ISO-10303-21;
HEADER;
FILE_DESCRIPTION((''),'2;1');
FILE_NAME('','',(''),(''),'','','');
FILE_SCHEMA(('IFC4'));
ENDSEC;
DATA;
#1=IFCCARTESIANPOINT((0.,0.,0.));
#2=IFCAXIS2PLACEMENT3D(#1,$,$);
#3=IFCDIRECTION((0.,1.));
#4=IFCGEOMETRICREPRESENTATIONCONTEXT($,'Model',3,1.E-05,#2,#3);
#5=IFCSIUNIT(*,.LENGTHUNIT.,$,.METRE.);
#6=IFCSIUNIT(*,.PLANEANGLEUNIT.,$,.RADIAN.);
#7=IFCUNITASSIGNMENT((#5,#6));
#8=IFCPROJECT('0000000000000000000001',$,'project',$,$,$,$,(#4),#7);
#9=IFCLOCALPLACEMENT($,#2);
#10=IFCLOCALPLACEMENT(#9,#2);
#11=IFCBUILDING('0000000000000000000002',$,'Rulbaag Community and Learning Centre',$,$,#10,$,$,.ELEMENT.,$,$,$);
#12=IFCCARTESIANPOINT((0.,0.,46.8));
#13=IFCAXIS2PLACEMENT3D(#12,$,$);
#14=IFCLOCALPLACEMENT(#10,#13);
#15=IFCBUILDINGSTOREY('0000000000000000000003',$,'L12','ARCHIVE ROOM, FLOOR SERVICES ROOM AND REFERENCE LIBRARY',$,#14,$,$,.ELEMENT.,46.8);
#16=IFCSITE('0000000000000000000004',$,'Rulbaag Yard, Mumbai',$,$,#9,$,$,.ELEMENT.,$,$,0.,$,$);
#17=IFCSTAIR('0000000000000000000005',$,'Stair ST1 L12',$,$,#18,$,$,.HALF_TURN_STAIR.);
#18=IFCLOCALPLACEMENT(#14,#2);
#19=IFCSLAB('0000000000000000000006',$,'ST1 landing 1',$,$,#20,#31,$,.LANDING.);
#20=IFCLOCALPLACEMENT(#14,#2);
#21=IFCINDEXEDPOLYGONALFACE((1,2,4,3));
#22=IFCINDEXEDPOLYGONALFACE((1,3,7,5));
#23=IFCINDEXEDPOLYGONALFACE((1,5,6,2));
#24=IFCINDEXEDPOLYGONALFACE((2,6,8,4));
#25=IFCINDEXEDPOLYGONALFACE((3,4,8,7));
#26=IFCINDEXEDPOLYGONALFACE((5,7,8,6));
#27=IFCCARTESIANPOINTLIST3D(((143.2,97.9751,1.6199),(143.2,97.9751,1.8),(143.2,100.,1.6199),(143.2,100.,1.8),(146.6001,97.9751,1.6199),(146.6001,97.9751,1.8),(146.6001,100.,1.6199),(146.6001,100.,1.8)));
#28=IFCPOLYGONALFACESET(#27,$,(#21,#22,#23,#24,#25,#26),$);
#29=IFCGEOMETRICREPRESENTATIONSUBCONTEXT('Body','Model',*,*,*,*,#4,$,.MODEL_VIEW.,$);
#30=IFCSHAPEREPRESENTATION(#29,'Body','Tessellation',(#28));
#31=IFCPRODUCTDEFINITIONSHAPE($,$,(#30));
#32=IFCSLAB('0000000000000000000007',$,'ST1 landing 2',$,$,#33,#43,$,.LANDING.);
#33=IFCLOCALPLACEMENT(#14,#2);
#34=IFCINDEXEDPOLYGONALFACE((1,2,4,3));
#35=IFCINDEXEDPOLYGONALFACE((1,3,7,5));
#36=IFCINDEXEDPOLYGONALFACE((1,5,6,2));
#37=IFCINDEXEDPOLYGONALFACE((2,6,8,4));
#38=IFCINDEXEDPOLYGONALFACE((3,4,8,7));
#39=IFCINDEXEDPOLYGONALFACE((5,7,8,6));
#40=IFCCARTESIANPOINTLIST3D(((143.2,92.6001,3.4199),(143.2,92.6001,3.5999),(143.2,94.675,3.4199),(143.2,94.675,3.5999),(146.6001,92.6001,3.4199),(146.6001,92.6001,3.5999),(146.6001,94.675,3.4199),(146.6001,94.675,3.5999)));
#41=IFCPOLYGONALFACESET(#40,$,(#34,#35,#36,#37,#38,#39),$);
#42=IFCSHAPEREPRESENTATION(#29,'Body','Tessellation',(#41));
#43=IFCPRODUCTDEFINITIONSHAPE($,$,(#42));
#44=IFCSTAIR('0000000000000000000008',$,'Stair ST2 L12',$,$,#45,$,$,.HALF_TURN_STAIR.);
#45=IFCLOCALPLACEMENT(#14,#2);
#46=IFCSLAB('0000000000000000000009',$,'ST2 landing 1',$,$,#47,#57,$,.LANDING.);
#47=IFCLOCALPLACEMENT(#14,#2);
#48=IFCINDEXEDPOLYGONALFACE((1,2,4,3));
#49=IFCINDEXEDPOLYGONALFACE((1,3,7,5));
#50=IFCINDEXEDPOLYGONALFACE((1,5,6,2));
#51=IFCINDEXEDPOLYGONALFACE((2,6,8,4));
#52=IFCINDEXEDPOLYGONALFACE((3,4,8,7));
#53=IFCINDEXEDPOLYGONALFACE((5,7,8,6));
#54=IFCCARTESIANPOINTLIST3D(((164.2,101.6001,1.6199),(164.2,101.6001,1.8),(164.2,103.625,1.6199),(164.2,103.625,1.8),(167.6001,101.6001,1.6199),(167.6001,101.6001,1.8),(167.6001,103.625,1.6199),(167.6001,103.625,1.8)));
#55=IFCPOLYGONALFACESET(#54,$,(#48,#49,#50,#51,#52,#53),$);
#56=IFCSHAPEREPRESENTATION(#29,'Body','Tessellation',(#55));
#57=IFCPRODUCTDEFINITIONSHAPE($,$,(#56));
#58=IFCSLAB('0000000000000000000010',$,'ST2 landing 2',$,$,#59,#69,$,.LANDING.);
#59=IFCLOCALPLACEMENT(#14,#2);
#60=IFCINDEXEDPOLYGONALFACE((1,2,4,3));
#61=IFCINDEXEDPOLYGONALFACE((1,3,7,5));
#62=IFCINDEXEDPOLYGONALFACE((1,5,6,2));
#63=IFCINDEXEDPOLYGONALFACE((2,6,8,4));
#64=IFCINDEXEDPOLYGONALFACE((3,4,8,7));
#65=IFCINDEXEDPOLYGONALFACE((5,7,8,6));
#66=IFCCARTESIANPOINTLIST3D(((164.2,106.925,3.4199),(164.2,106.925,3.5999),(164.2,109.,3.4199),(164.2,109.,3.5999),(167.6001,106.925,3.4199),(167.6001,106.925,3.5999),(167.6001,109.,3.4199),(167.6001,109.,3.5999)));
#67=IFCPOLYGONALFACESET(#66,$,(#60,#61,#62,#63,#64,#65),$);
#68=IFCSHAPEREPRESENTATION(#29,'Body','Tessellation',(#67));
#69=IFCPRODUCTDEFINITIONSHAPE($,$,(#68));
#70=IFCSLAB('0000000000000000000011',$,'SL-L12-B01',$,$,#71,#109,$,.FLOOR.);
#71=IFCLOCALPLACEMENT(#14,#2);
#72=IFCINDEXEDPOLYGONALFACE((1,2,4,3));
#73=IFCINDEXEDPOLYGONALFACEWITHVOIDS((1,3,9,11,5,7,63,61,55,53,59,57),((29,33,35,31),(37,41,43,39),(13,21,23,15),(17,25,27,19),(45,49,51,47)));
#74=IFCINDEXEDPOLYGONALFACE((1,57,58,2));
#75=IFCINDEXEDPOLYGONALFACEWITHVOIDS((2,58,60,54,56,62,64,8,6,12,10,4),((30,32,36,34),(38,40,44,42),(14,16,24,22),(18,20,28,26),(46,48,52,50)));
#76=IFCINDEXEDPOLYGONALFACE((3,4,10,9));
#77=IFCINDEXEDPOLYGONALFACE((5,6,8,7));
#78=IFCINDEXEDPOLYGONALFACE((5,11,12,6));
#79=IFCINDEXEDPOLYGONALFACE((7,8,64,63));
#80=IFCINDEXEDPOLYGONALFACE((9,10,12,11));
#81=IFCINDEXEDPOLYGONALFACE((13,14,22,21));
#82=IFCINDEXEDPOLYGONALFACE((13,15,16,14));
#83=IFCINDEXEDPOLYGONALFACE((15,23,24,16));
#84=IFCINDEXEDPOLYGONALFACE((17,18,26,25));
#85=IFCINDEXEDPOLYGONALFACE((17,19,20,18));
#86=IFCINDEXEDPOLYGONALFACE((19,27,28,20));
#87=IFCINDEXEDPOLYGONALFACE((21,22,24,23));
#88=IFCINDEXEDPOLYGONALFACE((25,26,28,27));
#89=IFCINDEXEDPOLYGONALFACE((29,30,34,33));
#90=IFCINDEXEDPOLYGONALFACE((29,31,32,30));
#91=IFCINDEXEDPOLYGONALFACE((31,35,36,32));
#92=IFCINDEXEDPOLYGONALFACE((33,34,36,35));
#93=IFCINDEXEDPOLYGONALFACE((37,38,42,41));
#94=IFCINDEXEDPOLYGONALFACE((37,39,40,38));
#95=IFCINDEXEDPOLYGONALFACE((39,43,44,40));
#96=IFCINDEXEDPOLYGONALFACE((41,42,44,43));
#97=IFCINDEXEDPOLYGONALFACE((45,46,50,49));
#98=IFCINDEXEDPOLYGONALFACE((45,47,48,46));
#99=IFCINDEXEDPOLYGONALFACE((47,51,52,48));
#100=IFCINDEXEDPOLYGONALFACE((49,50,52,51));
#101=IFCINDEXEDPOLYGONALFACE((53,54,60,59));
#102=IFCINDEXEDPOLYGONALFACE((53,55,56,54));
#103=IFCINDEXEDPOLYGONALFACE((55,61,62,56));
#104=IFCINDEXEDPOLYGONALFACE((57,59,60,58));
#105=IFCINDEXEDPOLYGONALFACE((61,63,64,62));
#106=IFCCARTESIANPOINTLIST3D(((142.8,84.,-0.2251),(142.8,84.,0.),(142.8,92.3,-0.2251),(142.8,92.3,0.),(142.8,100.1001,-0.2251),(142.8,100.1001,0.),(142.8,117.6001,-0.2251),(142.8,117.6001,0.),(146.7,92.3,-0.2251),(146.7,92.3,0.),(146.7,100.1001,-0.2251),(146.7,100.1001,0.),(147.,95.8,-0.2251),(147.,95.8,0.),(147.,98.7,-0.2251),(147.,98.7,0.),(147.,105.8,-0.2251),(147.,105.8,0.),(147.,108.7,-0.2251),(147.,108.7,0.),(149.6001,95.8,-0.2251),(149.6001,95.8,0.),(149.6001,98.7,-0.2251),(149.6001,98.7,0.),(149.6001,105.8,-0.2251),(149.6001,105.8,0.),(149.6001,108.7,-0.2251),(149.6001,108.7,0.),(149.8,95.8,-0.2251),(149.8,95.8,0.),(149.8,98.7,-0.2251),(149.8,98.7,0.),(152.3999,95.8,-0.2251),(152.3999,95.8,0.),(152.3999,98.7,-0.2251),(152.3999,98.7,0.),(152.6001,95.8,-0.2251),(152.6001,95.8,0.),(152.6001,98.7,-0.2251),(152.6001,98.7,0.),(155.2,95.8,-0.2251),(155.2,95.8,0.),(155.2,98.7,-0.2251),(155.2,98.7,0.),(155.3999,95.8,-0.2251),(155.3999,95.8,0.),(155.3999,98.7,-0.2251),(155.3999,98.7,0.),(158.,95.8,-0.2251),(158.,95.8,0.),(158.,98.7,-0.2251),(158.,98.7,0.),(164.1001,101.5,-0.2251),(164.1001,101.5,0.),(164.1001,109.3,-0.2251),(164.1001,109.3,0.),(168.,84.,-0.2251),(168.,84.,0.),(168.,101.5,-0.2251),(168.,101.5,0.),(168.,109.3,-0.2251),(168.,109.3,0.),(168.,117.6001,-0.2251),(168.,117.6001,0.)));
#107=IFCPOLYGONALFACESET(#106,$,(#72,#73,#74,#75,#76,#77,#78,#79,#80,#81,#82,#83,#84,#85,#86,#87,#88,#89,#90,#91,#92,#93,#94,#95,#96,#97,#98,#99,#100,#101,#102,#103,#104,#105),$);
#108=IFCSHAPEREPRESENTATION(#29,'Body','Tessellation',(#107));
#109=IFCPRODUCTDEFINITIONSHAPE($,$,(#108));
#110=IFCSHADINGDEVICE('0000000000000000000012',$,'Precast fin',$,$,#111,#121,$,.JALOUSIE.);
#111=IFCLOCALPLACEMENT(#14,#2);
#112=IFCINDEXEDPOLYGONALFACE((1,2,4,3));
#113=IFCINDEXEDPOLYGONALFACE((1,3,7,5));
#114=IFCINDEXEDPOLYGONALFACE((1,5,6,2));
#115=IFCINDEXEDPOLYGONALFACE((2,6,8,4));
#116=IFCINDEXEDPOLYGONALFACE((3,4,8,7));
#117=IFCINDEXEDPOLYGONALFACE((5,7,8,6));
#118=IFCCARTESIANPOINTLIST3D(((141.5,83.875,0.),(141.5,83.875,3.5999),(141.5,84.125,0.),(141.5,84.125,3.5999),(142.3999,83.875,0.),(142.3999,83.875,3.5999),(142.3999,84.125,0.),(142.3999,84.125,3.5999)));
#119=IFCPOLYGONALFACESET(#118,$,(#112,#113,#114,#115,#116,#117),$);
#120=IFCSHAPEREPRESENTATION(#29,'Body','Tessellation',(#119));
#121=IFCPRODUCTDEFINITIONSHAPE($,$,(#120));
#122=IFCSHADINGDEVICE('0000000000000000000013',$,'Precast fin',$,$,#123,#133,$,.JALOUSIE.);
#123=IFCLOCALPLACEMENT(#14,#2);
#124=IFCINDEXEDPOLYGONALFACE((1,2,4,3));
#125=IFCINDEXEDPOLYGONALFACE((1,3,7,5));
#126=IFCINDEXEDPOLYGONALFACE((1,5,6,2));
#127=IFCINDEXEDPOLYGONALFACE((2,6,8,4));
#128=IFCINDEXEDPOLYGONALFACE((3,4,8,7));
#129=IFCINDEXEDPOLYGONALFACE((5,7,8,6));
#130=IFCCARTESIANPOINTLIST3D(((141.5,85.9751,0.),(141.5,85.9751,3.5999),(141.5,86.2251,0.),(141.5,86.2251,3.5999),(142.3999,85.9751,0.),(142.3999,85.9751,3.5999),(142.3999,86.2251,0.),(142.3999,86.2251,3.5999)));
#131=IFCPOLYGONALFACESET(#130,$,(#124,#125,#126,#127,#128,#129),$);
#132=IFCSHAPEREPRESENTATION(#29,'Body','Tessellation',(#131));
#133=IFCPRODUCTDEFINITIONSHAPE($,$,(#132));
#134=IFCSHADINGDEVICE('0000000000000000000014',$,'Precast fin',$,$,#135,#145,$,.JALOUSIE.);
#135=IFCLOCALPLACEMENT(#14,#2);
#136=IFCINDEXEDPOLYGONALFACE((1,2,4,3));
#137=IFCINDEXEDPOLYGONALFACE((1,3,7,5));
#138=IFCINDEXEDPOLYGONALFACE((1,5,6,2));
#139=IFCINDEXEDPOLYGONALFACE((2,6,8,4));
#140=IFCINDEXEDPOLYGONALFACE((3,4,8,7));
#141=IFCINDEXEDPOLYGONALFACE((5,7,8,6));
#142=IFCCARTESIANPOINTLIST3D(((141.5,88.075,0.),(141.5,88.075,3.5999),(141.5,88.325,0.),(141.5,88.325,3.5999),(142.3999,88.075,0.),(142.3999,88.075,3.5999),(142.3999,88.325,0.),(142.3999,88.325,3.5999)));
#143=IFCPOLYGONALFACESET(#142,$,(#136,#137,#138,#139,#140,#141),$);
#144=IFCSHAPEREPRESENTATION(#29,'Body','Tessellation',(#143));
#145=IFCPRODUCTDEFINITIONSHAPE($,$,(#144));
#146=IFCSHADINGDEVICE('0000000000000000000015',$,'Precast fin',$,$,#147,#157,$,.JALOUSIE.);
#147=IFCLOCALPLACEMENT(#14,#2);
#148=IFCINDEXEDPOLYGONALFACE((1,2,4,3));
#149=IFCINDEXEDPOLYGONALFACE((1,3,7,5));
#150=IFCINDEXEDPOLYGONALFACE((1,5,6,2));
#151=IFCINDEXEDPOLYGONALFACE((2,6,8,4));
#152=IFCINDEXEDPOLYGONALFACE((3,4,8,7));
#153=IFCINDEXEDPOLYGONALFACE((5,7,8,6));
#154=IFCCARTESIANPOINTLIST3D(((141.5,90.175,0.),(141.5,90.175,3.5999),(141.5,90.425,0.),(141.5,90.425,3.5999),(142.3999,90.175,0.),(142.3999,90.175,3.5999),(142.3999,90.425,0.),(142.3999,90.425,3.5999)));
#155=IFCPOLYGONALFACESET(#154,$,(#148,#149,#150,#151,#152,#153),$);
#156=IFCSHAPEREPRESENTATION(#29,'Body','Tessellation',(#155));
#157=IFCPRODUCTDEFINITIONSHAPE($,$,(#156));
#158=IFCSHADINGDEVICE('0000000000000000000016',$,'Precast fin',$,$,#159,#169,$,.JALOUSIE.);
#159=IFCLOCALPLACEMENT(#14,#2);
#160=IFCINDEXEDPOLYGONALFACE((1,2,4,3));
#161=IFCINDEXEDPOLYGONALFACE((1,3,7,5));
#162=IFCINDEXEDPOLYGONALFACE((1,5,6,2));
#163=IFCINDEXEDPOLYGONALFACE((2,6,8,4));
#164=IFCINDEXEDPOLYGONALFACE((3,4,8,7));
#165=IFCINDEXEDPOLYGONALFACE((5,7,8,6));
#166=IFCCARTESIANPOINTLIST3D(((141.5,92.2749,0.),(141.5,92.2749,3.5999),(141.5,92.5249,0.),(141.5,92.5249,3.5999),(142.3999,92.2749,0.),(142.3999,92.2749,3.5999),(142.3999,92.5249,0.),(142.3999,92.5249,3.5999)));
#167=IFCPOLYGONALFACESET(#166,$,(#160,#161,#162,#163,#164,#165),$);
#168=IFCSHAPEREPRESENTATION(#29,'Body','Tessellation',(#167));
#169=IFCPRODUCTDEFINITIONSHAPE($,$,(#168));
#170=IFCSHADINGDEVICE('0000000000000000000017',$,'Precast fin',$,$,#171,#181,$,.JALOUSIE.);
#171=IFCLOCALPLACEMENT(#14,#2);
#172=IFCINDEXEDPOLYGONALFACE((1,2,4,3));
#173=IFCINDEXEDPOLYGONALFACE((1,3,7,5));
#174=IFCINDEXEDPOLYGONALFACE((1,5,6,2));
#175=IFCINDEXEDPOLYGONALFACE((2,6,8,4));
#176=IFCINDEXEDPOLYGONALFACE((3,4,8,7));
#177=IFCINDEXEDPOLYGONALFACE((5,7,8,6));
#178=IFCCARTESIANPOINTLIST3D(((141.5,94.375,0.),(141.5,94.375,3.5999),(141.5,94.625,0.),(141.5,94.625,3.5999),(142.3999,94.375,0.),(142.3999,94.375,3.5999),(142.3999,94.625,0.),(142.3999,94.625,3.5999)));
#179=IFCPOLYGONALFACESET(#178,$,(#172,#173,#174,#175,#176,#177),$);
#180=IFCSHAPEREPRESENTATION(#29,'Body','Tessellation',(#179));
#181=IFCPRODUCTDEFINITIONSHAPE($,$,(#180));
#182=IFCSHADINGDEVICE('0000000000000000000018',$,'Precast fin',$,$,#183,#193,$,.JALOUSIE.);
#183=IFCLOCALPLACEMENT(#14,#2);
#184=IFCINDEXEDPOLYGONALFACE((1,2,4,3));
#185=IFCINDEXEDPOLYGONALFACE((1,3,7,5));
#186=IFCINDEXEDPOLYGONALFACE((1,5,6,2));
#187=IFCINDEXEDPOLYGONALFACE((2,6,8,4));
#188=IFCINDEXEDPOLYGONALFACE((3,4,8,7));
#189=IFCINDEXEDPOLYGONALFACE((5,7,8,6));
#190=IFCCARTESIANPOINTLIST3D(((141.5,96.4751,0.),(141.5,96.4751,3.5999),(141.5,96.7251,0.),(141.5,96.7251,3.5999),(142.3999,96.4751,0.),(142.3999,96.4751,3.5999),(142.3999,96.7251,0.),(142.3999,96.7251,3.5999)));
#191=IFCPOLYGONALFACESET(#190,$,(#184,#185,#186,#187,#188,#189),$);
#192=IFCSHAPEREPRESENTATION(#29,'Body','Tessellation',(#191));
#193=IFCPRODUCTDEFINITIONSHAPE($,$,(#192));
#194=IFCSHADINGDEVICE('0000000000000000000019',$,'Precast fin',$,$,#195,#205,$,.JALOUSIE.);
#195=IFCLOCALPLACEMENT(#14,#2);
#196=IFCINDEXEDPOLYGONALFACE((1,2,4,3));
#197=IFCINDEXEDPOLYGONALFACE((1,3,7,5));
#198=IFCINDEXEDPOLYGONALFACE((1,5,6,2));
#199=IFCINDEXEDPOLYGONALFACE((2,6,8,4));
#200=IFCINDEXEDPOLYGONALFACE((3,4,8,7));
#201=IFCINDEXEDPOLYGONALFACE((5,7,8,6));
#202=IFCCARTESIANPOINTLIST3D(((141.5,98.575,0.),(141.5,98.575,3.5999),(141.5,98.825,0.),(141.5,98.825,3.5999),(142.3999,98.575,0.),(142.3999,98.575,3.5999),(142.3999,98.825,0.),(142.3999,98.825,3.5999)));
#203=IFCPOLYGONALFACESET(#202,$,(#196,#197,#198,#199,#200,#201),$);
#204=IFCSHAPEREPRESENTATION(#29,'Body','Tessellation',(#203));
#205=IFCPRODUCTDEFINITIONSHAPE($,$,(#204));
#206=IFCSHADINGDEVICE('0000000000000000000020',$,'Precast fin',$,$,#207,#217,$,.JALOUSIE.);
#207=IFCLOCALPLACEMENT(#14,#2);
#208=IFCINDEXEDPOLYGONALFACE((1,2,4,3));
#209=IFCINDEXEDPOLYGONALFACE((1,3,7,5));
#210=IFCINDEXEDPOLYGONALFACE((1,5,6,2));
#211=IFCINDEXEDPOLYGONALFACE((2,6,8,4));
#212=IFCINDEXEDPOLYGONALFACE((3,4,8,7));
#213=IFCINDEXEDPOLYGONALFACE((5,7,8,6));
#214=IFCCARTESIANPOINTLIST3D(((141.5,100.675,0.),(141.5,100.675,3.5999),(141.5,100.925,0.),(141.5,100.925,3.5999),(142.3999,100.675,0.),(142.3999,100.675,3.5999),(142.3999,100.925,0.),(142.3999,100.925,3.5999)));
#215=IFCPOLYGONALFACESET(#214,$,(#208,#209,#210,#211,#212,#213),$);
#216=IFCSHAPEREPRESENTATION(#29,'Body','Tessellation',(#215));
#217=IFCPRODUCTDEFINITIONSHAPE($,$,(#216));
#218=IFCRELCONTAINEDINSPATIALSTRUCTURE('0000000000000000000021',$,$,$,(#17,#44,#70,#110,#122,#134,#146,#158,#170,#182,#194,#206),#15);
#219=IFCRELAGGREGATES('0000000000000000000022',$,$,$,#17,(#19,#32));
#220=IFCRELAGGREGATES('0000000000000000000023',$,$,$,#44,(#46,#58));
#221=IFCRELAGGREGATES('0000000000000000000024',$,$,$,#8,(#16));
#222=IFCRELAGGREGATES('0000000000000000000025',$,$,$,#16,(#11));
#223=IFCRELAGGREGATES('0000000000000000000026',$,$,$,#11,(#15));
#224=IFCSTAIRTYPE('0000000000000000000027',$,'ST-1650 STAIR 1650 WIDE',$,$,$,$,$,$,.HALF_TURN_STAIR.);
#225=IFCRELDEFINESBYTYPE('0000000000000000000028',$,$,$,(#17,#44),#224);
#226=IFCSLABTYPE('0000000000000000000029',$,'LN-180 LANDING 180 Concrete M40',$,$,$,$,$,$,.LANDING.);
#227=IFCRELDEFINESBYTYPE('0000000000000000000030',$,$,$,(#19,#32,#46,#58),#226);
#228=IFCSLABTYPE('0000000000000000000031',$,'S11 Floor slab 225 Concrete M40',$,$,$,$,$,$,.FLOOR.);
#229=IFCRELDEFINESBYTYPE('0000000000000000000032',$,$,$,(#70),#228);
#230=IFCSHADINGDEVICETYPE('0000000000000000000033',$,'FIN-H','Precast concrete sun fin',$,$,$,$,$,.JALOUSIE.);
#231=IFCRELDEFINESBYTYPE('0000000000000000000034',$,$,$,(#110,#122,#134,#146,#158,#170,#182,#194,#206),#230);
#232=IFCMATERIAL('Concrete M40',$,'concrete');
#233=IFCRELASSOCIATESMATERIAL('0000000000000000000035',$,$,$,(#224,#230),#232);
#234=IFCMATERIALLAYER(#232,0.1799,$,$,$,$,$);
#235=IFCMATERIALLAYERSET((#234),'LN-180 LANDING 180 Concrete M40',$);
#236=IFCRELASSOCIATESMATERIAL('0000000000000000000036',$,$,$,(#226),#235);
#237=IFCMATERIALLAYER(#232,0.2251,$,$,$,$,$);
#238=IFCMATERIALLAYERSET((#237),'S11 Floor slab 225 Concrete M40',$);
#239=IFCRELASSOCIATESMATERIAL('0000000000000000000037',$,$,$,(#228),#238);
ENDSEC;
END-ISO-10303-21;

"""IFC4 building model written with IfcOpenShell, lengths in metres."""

from ifc_helpers import new_model, si_unit, direction, frame, origin, origin_2d, place, context, subcontext, project, spatial, polyline, rectangle, outline, extrude, material, layer, layer_set, material_profile, profile_set, type_object, element, aggregate, save


model = new_model("IFC4")

# Units and contexts
model_context = context("Model", 3, precision=1e-05, world=origin(), true_north=direction((0.0, 1.0)))
body_context = subcontext(model_context, "Body", "Model", "MODEL_VIEW")
ifc_project = project(units=[si_unit("LENGTHUNIT", "METRE"), si_unit("PLANEANGLEUNIT", "RADIAN")], contexts=[model_context])

# Site, building, storey
site_placement = place(None, origin())
site = spatial("IfcSite", under=ifc_project, at=site_placement, Name="Rulbaag Yard, Mumbai", CompositionType="ELEMENT", RefElevation=0.0)
building_placement = place(site_placement, origin())
building = spatial("IfcBuilding", under=site, at=building_placement, Name="Rulbaag Community and Learning Centre", CompositionType="ELEMENT")
storey_placement = place(building_placement, frame((0.0, 0.0, 46.8)))
storey = spatial("IfcBuildingStorey", under=building, at=storey_placement, Name="L12", Description="ARCHIVE ROOM, FLOOR SERVICES ROOM AND REFERENCE LIBRARY", CompositionType="ELEMENT", Elevation=46.8)

# Stairs, slabs
ifc_material_1 = material(Name="Concrete M40", Category="concrete")
stair_type = type_object("IfcStairType", Name="ST-1650 STAIR 1650 WIDE", PredefinedType="HALF_TURN_STAIR", material=ifc_material_1)
stair_1_placement = place(storey_placement, origin())
stair_1 = element("IfcStair", 1, at=stair_1_placement, inside=storey, type_object=stair_type, Name="Stair ST1 L12", PredefinedType="HALF_TURN_STAIR")
ifc_layer_1 = layer(ifc_material_1, 0.1799)
ifc_layer_set_1 = layer_set([ifc_layer_1], Name="LN-180 LANDING 180 Concrete M40")
slab_type_1 = type_object("IfcSlabType", Name="LN-180 LANDING 180 Concrete M40", PredefinedType="LANDING", material=ifc_layer_set_1)
slab_1_placement = place(storey_placement, frame((0.0, 0.0, 1.6199)))
slab_1 = element("IfcSlab", 2, at=slab_1_placement, type_object=slab_type_1, Name="ST1 landing 1", PredefinedType="LANDING", context=body_context, shape_type="SweptSolid", body=[
    extrude(outline(polyline([(143.2, 97.9751), (143.2, 100.0), (146.6001, 100.0), (146.6001, 97.9751), (143.2, 97.9751)])), origin(), (0.0, 0.0, 1.0), 0.1802),
])
slab_2_placement = place(storey_placement, frame((0.0, 0.0, 3.4199)))
slab_2 = element("IfcSlab", 3, at=slab_2_placement, type_object=slab_type_1, Name="ST1 landing 2", PredefinedType="LANDING", context=body_context, shape_type="SweptSolid", body=[
    extrude(outline(polyline([(143.2, 92.6001), (143.2, 94.675), (146.6001, 94.675), (146.6001, 92.6001), (143.2, 92.6001)])), origin(), (0.0, 0.0, 1.0), 0.1799),
])
aggregate(stair_1, [slab_1, slab_2])
stair_2_placement = place(storey_placement, origin())
stair_2 = element("IfcStair", 4, at=stair_2_placement, inside=storey, type_object=stair_type, Name="Stair ST2 L12", PredefinedType="HALF_TURN_STAIR")
slab_3_placement = place(storey_placement, frame((0.0, 0.0, 1.6199)))
slab_3 = element("IfcSlab", 5, at=slab_3_placement, type_object=slab_type_1, Name="ST2 landing 1", PredefinedType="LANDING", context=body_context, shape_type="SweptSolid", body=[
    extrude(outline(polyline([(164.2, 101.6001), (164.2, 103.625), (167.6001, 103.625), (167.6001, 101.6001), (164.2, 101.6001)])), origin(), (0.0, 0.0, 1.0), 0.1802),
])
slab_4_placement = place(storey_placement, frame((0.0, 0.0, 3.4199)))
slab_4 = element("IfcSlab", 6, at=slab_4_placement, type_object=slab_type_1, Name="ST2 landing 2", PredefinedType="LANDING", context=body_context, shape_type="SweptSolid", body=[
    extrude(outline(polyline([(164.2, 106.925), (164.2, 109.0), (167.6001, 109.0), (167.6001, 106.925), (164.2, 106.925)])), origin(), (0.0, 0.0, 1.0), 0.1799),
])
aggregate(stair_2, [slab_3, slab_4])

# Slab
ifc_layer_2 = layer(ifc_material_1, 0.2251)
ifc_layer_set_2 = layer_set([ifc_layer_2], Name="S11 Floor slab 225 Concrete M40")
slab_type_2 = type_object("IfcSlabType", Name="S11 Floor slab 225 Concrete M40", PredefinedType="FLOOR", material=ifc_layer_set_2)
slab_5_placement = place(storey_placement, frame((0.0, 0.0, -0.2251)))
element("IfcSlab", 7, at=slab_5_placement, inside=storey, type_object=slab_type_2, Name="SL-L12-B01", PredefinedType="FLOOR", context=body_context, shape_type="SweptSolid", body=[
    extrude(outline(polyline([(168.0, 84.0), (142.8, 84.0), (142.8, 92.3), (146.7, 92.3), (146.7, 100.1001), (142.8, 100.1001), (142.8, 117.6001), (168.0, 117.6001), (168.0, 109.3), (164.1001, 109.3), (164.1001, 101.5), (168.0, 101.5), (168.0, 84.0)]), holes=[polyline([(147.0, 98.7), (147.0, 95.8), (149.6001, 95.8), (149.6001, 98.7), (147.0, 98.7)]), polyline([(149.8, 98.7), (149.8, 95.8), (152.3999, 95.8), (152.3999, 98.7), (149.8, 98.7)]), polyline([(152.6001, 98.7), (152.6001, 95.8), (155.2, 95.8), (155.2, 98.7), (152.6001, 98.7)]), polyline([(155.3999, 98.7), (155.3999, 95.8), (158.0, 95.8), (158.0, 98.7), (155.3999, 98.7)]), polyline([(147.0, 108.7), (147.0, 105.8), (149.6001, 105.8), (149.6001, 108.7), (147.0, 108.7)])]), origin(), (0.0, 0.0, 1.0), 0.2251),
])

# Shading devices
ifc_material_profile = material_profile(ifc_material_1, rectangle(XDim=0.25, YDim=0.8999, at=origin_2d()), Name="PC 250x900")
ifc_profile_set = profile_set([ifc_material_profile], Name="Concrete M40")
shading_device_type = type_object("IfcShadingDeviceType", Name="FIN-H", Description="Precast concrete sun fin", PredefinedType="JALOUSIE", material=ifc_profile_set)
for number, where, z_axis, x_axis, name in (
    (8, (141.95, 84.0, 0.0), (0.0, 0.0, 1.0), (0.0, 1.0, 0.0), "Precast fin"),
    (9, (141.95, 86.1001, 0.0), (0.0, 0.0, 1.0), (0.0, 1.0, 0.0), "Precast fin"),
    (10, (141.95, 88.2, 0.0), (0.0, 0.0, 1.0), (0.0, 1.0, 0.0), "Precast fin"),
    (11, (141.95, 90.3, 0.0), (0.0, 0.0, 1.0), (0.0, 1.0, 0.0), "Precast fin"),
    (12, (141.95, 92.3999, 0.0), (0.0, 0.0, 1.0), (0.0, 1.0, 0.0), "Precast fin"),
    (13, (141.95, 94.5, 0.0), (0.0, 0.0, 1.0), (0.0, 1.0, 0.0), "Precast fin"),
    (14, (141.95, 96.6001, 0.0), (0.0, 0.0, 1.0), (0.0, 1.0, 0.0), "Precast fin"),
    (15, (141.95, 98.7, 0.0), (0.0, 0.0, 1.0), (0.0, 1.0, 0.0), "Precast fin"),
    (16, (141.95, 100.8, 0.0), (0.0, 0.0, 1.0), (0.0, 1.0, 0.0), "Precast fin"),
):
    element("IfcShadingDevice", number, at=place(storey_placement, frame(where, z_axis=z_axis, x_axis=x_axis)), inside=storey, type_object=shading_device_type, Name=name, PredefinedType="JALOUSIE", context=body_context, shape_type="SweptSolid", body=[
        extrude(rectangle(XDim=0.25, YDim=0.8999, at=origin_2d()), origin(), (0.0, 0.0, 1.0), 3.5999),
    ])

save(model, "model.ifc")
